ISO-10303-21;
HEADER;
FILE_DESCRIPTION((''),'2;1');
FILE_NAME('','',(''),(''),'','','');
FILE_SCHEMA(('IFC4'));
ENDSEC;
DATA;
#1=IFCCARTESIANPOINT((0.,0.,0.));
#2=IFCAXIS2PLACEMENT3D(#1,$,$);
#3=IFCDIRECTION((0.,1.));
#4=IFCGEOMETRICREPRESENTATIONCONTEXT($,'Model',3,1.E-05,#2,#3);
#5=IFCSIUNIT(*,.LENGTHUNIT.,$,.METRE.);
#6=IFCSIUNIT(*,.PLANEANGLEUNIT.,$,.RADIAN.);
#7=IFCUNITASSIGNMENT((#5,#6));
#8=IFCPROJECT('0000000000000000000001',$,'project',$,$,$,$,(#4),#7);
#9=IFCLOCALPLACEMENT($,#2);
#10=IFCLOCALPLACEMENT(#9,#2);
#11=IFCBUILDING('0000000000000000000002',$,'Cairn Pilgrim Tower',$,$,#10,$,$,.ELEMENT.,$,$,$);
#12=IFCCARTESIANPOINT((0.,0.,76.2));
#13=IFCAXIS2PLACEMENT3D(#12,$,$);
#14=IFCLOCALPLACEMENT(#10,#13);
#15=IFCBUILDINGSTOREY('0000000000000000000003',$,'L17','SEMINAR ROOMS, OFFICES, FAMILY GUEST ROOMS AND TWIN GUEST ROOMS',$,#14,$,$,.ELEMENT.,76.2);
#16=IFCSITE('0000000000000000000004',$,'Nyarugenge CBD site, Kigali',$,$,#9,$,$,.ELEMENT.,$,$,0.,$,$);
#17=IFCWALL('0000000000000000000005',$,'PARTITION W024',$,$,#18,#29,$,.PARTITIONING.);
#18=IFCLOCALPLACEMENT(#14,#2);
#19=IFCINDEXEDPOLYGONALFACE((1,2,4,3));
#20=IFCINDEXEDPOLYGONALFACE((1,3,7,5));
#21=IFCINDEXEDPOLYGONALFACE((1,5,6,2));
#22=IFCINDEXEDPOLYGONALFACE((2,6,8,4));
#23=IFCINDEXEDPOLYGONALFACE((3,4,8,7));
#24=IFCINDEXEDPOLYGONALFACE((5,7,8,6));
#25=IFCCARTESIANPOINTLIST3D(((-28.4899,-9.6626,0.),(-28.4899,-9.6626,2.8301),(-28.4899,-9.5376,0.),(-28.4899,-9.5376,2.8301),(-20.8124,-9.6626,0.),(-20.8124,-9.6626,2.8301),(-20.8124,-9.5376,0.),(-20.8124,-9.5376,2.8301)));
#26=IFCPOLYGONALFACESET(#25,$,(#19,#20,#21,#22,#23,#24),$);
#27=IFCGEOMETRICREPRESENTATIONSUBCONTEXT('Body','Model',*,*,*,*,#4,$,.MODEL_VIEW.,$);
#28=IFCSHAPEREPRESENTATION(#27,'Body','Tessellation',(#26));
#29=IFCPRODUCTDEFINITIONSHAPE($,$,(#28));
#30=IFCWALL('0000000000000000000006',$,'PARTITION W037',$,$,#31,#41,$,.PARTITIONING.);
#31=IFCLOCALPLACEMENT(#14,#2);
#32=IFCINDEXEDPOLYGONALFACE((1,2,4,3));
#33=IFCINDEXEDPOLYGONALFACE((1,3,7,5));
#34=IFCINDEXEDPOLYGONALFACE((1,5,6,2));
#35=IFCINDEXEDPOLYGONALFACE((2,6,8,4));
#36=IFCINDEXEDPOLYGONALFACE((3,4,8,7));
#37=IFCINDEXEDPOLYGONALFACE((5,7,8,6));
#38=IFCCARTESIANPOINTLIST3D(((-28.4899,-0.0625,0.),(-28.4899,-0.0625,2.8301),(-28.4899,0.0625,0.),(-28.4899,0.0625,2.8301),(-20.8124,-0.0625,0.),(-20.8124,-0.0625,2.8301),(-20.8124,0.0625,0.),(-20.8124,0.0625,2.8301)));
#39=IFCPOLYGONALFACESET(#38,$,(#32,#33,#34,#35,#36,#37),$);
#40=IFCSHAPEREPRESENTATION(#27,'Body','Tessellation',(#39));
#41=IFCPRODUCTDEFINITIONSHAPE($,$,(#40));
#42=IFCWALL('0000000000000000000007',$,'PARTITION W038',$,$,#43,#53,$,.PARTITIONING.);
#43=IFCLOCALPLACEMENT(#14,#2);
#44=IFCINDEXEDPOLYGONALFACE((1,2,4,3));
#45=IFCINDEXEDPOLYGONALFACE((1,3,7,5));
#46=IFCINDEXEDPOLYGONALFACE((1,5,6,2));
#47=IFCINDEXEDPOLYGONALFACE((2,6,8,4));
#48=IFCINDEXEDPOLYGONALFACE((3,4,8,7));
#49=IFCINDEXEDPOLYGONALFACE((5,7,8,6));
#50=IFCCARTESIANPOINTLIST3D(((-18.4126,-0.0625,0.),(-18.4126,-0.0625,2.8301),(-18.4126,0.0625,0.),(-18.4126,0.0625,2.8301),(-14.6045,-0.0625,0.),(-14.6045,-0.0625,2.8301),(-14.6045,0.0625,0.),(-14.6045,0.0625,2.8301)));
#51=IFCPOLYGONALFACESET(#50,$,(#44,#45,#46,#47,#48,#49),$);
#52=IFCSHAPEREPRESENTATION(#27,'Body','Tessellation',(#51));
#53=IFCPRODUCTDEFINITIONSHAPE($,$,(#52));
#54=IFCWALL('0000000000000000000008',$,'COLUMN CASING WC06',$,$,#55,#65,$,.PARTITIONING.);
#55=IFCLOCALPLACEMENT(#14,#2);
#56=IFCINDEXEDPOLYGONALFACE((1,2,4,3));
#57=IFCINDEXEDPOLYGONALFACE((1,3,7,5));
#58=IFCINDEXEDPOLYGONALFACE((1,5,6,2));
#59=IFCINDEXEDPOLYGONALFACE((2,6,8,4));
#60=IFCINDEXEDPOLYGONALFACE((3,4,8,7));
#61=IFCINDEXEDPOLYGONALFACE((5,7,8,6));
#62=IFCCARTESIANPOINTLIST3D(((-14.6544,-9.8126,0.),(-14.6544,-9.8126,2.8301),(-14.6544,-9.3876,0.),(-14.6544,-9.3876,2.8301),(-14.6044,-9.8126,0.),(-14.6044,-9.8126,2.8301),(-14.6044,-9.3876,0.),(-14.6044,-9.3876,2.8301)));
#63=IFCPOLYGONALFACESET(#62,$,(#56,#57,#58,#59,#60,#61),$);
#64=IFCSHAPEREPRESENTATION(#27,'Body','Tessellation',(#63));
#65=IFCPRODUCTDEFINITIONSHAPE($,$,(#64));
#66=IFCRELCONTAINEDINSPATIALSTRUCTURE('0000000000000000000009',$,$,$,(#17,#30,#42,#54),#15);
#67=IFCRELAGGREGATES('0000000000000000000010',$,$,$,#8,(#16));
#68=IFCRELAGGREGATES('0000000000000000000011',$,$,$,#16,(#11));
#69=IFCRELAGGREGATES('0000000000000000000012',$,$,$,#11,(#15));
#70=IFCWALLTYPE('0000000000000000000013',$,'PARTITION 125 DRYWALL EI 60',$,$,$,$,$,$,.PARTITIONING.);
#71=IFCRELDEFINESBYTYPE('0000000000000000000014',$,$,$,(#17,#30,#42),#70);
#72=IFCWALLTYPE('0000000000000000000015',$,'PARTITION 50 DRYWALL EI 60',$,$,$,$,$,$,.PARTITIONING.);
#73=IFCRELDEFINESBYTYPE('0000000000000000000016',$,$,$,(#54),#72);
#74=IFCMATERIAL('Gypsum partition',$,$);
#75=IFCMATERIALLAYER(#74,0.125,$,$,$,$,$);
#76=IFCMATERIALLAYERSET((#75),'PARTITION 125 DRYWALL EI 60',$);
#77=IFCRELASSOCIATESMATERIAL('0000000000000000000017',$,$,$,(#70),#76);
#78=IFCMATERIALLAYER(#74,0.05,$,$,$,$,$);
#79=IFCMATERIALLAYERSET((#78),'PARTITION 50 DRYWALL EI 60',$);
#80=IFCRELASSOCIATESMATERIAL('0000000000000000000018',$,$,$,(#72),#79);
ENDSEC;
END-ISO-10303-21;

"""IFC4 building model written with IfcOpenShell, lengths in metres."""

from ifc_helpers import new_model, si_unit, direction, frame, frame_2d, origin, place, context, subcontext, project, spatial, rectangle, extrude, material, layer, layer_set, type_object, element, save


model = new_model("IFC4")

# Units and contexts
model_context = context("Model", 3, precision=1e-05, world=origin(), true_north=direction((0.0, 1.0)))
body_context = subcontext(model_context, "Body", "Model", "MODEL_VIEW")
ifc_project = project(units=[si_unit("LENGTHUNIT", "METRE"), si_unit("PLANEANGLEUNIT", "RADIAN")], contexts=[model_context])

# Site, building, storey
site_placement = place(None, origin())
site = spatial("IfcSite", under=ifc_project, at=site_placement, Name="Nyarugenge CBD site, Kigali", CompositionType="ELEMENT", RefElevation=0.0)
building_placement = place(site_placement, origin())
building = spatial("IfcBuilding", under=site, at=building_placement, Name="Cairn Pilgrim Tower", CompositionType="ELEMENT")
storey_placement = place(building_placement, frame((0.0, 0.0, 76.2)))
storey = spatial("IfcBuildingStorey", under=building, at=storey_placement, Name="L17", Description="SEMINAR ROOMS, OFFICES, FAMILY GUEST ROOMS AND TWIN GUEST ROOMS", CompositionType="ELEMENT", Elevation=76.2)

# Shared definitions
ifc_material_1 = material(Name="Gypsum partition")

# Walls
ifc_layer_1 = layer(ifc_material_1, 0.125)
ifc_layer_set_1 = layer_set([ifc_layer_1], Name="PARTITION 125 DRYWALL EI 60")
wall_type_1 = type_object("IfcWallType", Name="PARTITION 125 DRYWALL EI 60", PredefinedType="PARTITIONING", material=ifc_layer_set_1)
for number, where, z_axis, x_axis, name in (
    (1, (-28.49, -9.6001, 0.0), (0.0, 0.0, 1.0), (1.0, 0.0, 0.0), "PARTITION W024"),
    (2, (-28.49, 0.0, 0.0), (0.0, 0.0, 1.0), (1.0, 0.0, 0.0), "PARTITION W037"),
):
    element("IfcWall", number, at=place(storey_placement, frame(where, z_axis=z_axis, x_axis=x_axis)), inside=storey, type_object=wall_type_1, Name=name, PredefinedType="PARTITIONING", context=body_context, shape_type="SweptSolid", body=[
        extrude(rectangle(XDim=7.6775, YDim=0.125, at=frame_2d((3.8389, 0.0))), origin(), (0.0, 0.0, 1.0), 2.8301),
    ])
wall_1_placement = place(storey_placement, frame((-18.4126, 0.0, 0.0), z_axis=(0.0, 0.0, 1.0), x_axis=(1.0, 0.0, 0.0)))
element("IfcWall", 3, at=wall_1_placement, inside=storey, type_object=wall_type_1, Name="PARTITION W038", PredefinedType="PARTITIONING", context=body_context, shape_type="SweptSolid", body=[
    extrude(rectangle(XDim=3.8081, YDim=0.125, at=frame_2d((1.9041, 0.0))), origin(), (0.0, 0.0, 1.0), 2.8301),
])
ifc_layer_2 = layer(ifc_material_1, 0.05)
ifc_layer_set_2 = layer_set([ifc_layer_2], Name="PARTITION 50 DRYWALL EI 60")
wall_type_2 = type_object("IfcWallType", Name="PARTITION 50 DRYWALL EI 60", PredefinedType="PARTITIONING", material=ifc_layer_set_2)
wall_2_placement = place(storey_placement, frame((-14.6294, -9.8125, 0.0), z_axis=(0.0, 0.0, 1.0), x_axis=(0.0, 1.0, 0.0)))
element("IfcWall", 4, at=wall_2_placement, inside=storey, type_object=wall_type_2, Name="COLUMN CASING WC06", PredefinedType="PARTITIONING", context=body_context, shape_type="SweptSolid", body=[
    extrude(rectangle(XDim=0.425, YDim=0.05, at=frame_2d((0.2124, 0.0))), origin(), (0.0, 0.0, 1.0), 2.8301),
])

save(model, "model.ifc")
